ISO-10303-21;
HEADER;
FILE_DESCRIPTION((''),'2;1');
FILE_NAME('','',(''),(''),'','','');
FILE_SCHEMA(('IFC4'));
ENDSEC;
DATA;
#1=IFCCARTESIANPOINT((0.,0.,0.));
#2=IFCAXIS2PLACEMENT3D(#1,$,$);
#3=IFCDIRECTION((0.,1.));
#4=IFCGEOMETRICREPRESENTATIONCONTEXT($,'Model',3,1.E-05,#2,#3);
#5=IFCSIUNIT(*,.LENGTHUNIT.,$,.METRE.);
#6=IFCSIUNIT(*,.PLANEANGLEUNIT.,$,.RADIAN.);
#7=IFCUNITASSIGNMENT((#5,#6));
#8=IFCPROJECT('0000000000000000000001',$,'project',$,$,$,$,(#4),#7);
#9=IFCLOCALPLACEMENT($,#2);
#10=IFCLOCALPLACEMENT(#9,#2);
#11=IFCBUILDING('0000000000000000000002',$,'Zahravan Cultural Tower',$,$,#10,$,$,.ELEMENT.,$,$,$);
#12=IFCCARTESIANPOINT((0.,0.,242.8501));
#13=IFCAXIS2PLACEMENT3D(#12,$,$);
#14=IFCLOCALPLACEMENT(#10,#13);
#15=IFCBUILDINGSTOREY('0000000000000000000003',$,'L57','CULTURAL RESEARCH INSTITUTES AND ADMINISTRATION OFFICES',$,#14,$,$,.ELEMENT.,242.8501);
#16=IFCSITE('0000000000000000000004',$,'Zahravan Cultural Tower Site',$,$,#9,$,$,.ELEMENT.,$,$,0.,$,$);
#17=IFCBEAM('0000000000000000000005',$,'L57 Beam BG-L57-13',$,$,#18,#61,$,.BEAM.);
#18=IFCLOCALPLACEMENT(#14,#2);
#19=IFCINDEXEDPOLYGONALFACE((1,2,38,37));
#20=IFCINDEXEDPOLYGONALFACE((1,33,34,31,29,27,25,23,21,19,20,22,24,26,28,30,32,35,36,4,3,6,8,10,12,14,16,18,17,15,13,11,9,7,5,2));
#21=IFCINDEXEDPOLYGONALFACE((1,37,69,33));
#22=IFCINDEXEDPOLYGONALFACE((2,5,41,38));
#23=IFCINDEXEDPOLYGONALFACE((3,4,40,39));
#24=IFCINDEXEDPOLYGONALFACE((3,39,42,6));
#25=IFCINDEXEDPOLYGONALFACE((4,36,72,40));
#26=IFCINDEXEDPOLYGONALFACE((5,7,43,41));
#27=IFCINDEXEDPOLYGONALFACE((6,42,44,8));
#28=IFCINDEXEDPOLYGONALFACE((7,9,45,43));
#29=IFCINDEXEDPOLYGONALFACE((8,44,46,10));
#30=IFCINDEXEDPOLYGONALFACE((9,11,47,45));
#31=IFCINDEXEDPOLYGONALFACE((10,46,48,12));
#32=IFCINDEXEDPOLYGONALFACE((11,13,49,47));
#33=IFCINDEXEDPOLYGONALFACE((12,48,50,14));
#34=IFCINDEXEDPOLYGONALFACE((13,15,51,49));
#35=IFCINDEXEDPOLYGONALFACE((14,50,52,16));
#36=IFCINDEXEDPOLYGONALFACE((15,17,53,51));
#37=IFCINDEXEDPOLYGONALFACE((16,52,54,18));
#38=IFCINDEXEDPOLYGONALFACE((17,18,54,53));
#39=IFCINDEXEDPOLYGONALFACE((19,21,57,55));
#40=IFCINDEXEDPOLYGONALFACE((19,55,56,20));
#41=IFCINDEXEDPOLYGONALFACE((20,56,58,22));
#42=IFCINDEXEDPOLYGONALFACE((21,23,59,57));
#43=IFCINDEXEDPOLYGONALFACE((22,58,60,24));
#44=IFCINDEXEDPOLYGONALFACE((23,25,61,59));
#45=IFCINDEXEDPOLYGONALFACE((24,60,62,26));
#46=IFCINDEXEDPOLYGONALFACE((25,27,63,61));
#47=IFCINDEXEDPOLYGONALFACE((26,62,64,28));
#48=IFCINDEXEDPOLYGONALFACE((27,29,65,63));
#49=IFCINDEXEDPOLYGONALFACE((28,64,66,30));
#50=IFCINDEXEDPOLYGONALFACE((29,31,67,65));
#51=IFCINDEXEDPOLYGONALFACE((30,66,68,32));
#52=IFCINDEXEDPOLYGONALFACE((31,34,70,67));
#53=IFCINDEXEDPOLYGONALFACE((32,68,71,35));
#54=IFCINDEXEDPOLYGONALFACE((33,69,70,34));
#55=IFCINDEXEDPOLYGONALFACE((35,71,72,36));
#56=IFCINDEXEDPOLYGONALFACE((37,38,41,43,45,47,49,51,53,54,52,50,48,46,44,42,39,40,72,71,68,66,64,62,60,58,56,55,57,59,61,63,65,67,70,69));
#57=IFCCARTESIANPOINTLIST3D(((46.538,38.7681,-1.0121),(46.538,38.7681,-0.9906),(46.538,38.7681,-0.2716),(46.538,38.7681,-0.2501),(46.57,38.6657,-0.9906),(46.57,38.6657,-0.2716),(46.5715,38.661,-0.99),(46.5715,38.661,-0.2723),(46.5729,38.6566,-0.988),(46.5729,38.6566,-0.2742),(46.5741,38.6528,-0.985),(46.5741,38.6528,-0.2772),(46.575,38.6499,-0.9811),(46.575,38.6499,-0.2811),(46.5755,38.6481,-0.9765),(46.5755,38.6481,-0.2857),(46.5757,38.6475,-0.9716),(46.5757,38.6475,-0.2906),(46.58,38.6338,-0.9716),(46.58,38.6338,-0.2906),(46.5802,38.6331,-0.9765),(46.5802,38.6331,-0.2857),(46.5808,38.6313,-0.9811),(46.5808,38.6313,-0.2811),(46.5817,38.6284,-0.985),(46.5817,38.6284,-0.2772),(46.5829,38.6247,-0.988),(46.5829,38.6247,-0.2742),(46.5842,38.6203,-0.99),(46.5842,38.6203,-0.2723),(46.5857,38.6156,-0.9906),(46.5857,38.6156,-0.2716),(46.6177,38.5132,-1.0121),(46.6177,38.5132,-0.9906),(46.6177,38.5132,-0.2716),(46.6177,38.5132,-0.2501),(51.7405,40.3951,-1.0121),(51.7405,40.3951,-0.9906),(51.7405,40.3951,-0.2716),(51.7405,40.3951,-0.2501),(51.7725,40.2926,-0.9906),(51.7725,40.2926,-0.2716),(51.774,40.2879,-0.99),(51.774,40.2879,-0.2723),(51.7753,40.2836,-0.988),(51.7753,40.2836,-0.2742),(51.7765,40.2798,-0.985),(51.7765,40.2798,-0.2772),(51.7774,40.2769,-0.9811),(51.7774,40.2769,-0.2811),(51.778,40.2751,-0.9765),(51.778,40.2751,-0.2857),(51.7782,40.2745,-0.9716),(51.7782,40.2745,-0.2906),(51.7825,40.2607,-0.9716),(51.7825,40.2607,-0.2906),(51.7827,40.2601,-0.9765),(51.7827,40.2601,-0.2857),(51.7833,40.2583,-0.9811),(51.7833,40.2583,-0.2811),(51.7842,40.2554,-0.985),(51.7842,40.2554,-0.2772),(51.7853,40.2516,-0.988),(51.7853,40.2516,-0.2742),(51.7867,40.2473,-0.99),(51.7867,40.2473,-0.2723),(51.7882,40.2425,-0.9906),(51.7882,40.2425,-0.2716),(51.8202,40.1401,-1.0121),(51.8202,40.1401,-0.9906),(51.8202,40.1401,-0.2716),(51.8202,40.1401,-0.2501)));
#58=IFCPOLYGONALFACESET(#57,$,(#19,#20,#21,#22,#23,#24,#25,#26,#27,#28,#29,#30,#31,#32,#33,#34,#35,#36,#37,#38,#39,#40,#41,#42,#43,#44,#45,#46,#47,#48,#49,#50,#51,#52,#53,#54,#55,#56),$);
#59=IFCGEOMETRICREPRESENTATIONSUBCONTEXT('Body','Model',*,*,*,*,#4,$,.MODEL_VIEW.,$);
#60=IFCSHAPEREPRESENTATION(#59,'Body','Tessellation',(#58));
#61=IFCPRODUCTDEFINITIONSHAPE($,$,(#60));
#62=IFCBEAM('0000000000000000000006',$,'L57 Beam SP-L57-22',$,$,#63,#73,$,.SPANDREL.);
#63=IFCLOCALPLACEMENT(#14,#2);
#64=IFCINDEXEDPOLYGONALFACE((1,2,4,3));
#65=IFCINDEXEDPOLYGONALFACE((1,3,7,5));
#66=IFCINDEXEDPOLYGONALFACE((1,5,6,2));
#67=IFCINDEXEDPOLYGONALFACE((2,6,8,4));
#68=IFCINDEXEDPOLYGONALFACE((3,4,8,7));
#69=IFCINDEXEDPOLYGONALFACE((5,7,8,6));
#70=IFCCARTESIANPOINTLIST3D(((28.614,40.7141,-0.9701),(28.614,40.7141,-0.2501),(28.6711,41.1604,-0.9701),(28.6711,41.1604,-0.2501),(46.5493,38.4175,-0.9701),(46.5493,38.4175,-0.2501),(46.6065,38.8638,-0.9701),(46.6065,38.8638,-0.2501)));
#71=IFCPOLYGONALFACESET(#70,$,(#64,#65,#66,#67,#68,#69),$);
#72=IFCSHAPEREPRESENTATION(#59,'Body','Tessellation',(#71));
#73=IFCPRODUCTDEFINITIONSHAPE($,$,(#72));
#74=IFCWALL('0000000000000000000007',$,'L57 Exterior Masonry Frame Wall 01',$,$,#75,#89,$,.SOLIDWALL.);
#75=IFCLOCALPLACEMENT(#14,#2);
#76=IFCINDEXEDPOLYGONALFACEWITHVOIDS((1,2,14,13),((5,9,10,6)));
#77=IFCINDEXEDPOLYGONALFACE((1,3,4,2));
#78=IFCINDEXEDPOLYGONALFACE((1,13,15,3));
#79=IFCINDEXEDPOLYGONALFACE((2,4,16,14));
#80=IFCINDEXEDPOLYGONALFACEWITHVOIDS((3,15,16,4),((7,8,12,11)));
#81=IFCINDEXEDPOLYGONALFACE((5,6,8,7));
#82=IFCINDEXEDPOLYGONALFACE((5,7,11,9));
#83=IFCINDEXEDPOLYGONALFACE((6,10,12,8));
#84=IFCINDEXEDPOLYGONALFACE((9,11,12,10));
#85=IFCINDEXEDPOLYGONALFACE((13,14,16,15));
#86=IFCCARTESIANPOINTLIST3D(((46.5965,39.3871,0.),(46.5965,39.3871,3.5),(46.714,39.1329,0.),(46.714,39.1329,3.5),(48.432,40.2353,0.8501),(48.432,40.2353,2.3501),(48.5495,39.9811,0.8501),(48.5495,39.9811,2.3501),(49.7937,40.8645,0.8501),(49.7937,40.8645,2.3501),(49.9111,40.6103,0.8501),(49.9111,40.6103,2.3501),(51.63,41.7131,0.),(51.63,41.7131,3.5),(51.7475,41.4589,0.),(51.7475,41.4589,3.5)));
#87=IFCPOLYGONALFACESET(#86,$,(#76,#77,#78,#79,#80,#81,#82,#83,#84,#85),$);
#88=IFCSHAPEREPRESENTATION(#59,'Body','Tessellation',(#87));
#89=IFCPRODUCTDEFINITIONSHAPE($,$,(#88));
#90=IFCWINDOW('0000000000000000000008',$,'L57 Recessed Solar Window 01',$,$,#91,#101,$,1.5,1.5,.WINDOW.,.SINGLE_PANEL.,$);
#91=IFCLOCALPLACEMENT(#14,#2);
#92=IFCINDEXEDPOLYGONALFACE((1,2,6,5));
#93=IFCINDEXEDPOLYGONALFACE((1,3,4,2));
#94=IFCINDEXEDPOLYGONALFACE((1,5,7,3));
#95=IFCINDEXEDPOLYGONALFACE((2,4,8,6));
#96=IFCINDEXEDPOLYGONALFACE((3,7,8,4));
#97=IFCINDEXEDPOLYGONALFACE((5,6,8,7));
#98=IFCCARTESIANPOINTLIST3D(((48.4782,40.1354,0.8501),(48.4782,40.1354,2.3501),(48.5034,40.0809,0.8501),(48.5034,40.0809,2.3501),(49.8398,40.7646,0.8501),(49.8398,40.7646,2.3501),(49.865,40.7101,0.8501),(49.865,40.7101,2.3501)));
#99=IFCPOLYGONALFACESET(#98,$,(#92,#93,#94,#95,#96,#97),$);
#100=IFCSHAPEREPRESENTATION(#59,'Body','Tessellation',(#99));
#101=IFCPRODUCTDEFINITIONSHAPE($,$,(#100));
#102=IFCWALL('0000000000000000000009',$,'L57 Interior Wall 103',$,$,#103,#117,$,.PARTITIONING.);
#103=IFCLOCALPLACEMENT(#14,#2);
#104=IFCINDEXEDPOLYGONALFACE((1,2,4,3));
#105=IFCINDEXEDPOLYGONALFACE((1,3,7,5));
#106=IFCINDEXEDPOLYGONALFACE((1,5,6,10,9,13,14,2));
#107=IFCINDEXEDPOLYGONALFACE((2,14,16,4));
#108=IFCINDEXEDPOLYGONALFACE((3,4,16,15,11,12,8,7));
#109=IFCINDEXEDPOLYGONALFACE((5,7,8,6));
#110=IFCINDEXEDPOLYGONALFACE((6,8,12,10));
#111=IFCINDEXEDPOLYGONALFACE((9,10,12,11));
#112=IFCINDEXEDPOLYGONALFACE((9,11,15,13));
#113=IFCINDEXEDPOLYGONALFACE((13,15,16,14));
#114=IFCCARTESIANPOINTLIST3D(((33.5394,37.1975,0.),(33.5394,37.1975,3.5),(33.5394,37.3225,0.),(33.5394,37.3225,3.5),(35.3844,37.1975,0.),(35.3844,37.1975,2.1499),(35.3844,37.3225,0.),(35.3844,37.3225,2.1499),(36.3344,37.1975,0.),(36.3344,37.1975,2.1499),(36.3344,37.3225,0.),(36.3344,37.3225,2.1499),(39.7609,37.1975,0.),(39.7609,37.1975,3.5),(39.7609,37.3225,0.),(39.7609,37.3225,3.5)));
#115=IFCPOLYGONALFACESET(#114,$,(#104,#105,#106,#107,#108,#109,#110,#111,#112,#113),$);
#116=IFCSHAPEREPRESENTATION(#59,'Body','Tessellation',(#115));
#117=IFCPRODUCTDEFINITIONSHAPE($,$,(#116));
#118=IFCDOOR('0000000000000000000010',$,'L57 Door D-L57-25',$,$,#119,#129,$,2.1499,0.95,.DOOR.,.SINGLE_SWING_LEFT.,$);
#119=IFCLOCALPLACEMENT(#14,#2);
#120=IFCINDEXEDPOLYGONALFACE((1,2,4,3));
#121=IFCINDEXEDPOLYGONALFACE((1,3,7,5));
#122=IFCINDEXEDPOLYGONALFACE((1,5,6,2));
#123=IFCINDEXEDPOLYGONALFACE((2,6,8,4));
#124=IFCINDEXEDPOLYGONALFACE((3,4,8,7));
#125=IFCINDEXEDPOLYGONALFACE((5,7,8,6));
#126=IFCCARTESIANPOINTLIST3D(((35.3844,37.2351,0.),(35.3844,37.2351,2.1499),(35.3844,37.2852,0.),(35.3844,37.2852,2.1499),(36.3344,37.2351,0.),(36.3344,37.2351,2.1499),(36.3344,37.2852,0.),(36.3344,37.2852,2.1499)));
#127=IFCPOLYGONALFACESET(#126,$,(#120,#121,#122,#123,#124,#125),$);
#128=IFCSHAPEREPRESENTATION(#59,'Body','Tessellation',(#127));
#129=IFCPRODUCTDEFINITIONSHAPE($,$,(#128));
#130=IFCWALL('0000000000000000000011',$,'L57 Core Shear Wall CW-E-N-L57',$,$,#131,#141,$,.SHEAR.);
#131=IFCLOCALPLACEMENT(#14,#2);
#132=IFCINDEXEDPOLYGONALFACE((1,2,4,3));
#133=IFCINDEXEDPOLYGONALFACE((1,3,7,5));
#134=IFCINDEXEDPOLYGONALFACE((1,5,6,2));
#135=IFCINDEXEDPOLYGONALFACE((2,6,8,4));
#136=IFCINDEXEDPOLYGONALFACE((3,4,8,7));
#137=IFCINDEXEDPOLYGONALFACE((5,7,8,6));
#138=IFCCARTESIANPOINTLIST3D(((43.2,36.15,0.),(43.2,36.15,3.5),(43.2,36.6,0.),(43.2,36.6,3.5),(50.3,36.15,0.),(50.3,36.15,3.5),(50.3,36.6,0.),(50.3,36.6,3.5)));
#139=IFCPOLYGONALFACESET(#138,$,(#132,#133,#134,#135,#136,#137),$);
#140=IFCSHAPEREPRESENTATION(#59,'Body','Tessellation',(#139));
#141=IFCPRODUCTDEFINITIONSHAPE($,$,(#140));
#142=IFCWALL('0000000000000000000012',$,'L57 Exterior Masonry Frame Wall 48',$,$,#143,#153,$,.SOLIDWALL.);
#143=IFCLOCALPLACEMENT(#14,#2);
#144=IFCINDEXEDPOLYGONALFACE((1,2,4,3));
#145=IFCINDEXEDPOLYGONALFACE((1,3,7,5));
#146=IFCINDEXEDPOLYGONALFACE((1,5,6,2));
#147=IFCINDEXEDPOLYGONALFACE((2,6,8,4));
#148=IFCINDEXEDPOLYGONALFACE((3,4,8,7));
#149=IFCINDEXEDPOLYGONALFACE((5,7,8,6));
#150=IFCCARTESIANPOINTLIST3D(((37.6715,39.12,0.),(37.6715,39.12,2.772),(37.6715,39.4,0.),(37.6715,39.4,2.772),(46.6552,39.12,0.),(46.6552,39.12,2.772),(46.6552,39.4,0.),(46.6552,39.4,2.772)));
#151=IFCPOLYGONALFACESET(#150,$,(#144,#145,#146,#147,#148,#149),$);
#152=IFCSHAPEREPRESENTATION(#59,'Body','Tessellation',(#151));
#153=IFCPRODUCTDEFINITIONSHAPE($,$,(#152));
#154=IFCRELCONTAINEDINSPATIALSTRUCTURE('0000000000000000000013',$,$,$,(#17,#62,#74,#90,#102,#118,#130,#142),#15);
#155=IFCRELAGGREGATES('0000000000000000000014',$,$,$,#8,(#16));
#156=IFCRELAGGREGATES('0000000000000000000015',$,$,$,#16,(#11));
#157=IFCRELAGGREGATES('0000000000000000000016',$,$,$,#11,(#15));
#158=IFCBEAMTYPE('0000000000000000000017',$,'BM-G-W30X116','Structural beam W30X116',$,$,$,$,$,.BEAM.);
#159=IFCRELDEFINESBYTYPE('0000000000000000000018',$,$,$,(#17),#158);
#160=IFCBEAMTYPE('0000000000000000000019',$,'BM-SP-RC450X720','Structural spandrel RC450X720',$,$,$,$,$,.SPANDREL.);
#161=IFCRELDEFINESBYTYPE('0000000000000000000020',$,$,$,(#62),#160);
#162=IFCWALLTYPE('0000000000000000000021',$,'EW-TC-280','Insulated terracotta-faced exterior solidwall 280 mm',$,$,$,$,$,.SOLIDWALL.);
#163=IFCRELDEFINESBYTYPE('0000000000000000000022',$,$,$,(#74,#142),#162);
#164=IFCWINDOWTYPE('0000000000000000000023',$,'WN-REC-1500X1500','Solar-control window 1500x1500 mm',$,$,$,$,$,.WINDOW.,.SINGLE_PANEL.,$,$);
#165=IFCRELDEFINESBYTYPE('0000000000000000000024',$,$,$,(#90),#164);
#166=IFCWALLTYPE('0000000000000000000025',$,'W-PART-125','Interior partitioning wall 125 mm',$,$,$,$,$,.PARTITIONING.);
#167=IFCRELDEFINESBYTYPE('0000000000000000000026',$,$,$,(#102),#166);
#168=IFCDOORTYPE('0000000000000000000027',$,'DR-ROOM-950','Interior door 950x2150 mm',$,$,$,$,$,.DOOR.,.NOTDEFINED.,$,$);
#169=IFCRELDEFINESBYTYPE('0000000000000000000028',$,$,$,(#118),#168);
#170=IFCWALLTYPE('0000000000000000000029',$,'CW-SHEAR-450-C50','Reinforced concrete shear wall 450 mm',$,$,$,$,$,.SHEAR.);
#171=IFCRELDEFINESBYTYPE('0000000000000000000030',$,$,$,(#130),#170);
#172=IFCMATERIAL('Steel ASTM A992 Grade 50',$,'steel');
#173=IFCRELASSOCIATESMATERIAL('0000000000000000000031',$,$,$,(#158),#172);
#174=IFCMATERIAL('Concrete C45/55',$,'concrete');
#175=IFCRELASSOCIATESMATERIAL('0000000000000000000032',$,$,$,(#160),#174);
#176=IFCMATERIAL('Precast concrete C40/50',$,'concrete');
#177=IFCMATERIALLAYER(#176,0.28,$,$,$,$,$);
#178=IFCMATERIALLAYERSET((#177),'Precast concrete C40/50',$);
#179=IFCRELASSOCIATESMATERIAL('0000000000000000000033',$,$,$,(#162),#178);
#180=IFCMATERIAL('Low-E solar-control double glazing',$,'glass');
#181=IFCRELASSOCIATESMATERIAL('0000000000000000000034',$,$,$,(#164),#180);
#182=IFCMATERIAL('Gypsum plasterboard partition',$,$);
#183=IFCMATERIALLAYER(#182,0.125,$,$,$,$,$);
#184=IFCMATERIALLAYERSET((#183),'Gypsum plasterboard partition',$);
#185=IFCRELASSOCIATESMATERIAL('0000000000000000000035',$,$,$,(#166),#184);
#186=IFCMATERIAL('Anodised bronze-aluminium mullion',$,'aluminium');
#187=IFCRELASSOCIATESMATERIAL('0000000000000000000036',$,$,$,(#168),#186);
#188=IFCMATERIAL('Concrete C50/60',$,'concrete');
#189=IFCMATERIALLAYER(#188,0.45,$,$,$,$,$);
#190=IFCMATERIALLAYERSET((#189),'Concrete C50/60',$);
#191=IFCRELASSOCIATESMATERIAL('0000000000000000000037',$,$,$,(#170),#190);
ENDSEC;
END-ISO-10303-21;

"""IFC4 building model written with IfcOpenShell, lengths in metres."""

from ifc_helpers import new_model, si_unit, direction, frame, frame_2d, origin, origin_2d, place, context, subcontext, project, spatial, rectangle, i_section, extrude, source, transform, mapped, material, layer, layer_set, material_profile, profile_set, type_object, element, fill, save


model = new_model("IFC4")

# Units and contexts
model_context = context("Model", 3, precision=1e-05, world=origin(), true_north=direction((0.0, 1.0)))
body_context = subcontext(model_context, "Body", "Model", "MODEL_VIEW")
ifc_project = project(units=[si_unit("LENGTHUNIT", "METRE"), si_unit("PLANEANGLEUNIT", "RADIAN")], contexts=[model_context])

# Site, building, storey
site_placement = place(None, origin())
site = spatial("IfcSite", under=ifc_project, at=site_placement, Name="Zahravan Cultural Tower Site", CompositionType="ELEMENT", RefElevation=0.0)
building_placement = place(site_placement, origin())
building = spatial("IfcBuilding", under=site, at=building_placement, Name="Zahravan Cultural Tower", CompositionType="ELEMENT")
storey_placement = place(building_placement, frame((0.0, 0.0, 242.8501)))
storey = spatial("IfcBuildingStorey", under=building, at=storey_placement, Name="L57", Description="CULTURAL RESEARCH INSTITUTES AND ADMINISTRATION OFFICES", CompositionType="ELEMENT", Elevation=242.8501)

# Shared definitions
ifc_material_1 = material(Name="Concrete C50/60", Category="concrete")
ifc_material_2 = material(Name="Steel ASTM A992 Grade 50", Category="steel")

# Beams
ifc_material_profile_1 = material_profile(ifc_material_2, i_section(OverallWidth=0.2671, OverallDepth=0.762, WebThickness=0.0144, FlangeThickness=0.0215, FilletRadius=0.019, at=origin_2d()), Name="W30X116")
ifc_profile_set_1 = profile_set([ifc_material_profile_1], Name="Steel ASTM A992 Grade 50")
beam_type_1 = type_object("IfcBeamType", Name="BM-G-W30X116", Description="Structural beam W30X116", PredefinedType="BEAM", material=ifc_profile_set_1)
shared_shape_1 = source(origin(), body_context, "Body", "SweptSolid", [
    extrude(i_section(OverallWidth=0.2671, OverallDepth=0.762, WebThickness=0.0144, FlangeThickness=0.0215, FilletRadius=0.019, at=origin_2d()), origin(), (0.0, 0.0, 1.0), 5.4509),
])
beam_1_placement = place(storey_placement, frame((46.5779, 38.6406, -0.6311), z_axis=(0.954417, 0.298476, 0.0), x_axis=(-0.298476, 0.954417, 0.0)))
element("IfcBeam", 1, at=beam_1_placement, inside=storey, type_object=beam_type_1, Name="L57 Beam BG-L57-13", PredefinedType="BEAM", context=body_context, shape_type="MappedRepresentation", body=[
    mapped(shared_shape_1, transform((0.0, 0.0, 0.0), x_axis=(1.0, 0.0, 0.0), y_axis=(0.0, 1.0, 0.0), z_axis=(0.0, 0.0, 1.0), scale=1.0)),
])
ifc_material_3 = material(Name="Concrete C45/55", Category="concrete")
ifc_material_profile_2 = material_profile(ifc_material_3, rectangle(XDim=0.45, YDim=0.72, at=origin_2d()), Name="RC450X720")
ifc_profile_set_2 = profile_set([ifc_material_profile_2], Name="Concrete C45/55")
beam_type_2 = type_object("IfcBeamType", Name="BM-SP-RC450X720", Description="Structural spandrel RC450X720", PredefinedType="SPANDREL", material=ifc_profile_set_2)
shared_shape_2 = source(origin(), body_context, "Body", "SweptSolid", [
    extrude(rectangle(XDim=0.45, YDim=0.72, at=origin_2d()), origin(), (0.0, 0.0, 1.0), 18.0818),
])
beam_2_placement = place(storey_placement, frame((46.5779, 38.6406, -0.6101), z_axis=(-0.991901, 0.127014, 0.0), x_axis=(-0.127014, -0.991901, 0.0)))
element("IfcBeam", 2, at=beam_2_placement, inside=storey, type_object=beam_type_2, Name="L57 Beam SP-L57-22", PredefinedType="SPANDREL", context=body_context, shape_type="MappedRepresentation", body=[
    mapped(shared_shape_2, transform((0.0, 0.0, 0.0), x_axis=(1.0, 0.0, 0.0), y_axis=(0.0, 1.0, 0.0), z_axis=(0.0, 0.0, 1.0), scale=1.0)),
])

# Wall, opening, window
ifc_material_4 = material(Name="Precast concrete C40/50", Category="concrete")
ifc_layer_1 = layer(ifc_material_4, 0.28)
ifc_layer_set_1 = layer_set([ifc_layer_1], Name="Precast concrete C40/50")
wall_type_1 = type_object("IfcWallType", Name="EW-TC-280", Description="Insulated terracotta-faced exterior solidwall 280 mm", PredefinedType="SOLIDWALL", material=ifc_layer_set_1)
wall_1_placement = place(storey_placement, frame((46.6553, 39.26, 0.0), z_axis=(0.0, 0.0, 1.0), x_axis=(0.907767, 0.419474, 0.0)))
wall_1 = element("IfcWall", 3, at=wall_1_placement, inside=storey, type_object=wall_type_1, Name="L57 Exterior Masonry Frame Wall 01", PredefinedType="SOLIDWALL", context=body_context, shape_type="SweptSolid", body=[
    extrude(rectangle(XDim=5.5449, YDim=0.28, at=frame_2d((2.7725, 0.0))), origin(), (0.0, 0.0, 1.0), 3.5),
])
opening_1_placement = place(wall_1_placement, frame((2.022, 0.0, 0.8501)))
opening_1 = element("IfcOpeningElement", 4, at=opening_1_placement, cuts=wall_1, PredefinedType="OPENING", context=body_context, shape_type="SweptSolid", body=[
    extrude(rectangle(XDim=1.5, YDim=1.5, at=frame_2d((0.75, 0.75))), frame((0.0, 0.1499, 0.0), z_axis=(0.0, -1.0, 0.0), x_axis=(1.0, 0.0, 0.0)), (0.0, 0.0, 1.0), 0.3),
])
ifc_material_5 = material(Name="Low-E solar-control double glazing", Category="glass")
window_type = type_object("IfcWindowType", Name="WN-REC-1500X1500", Description="Solar-control window 1500x1500 mm", PartitioningType="SINGLE_PANEL", PredefinedType="WINDOW", material=ifc_material_5)
shared_shape_3 = source(origin(), body_context, "Body", "SweptSolid", [
    extrude(rectangle(XDim=1.5, YDim=1.5, at=frame_2d((0.75, 0.75))), frame((0.0, 0.03, 0.0), z_axis=(0.0, -1.0, 0.0), x_axis=(1.0, 0.0, 0.0)), (0.0, 0.0, 1.0), 0.0601),
])
window_placement = place(opening_1_placement, origin())
window = element("IfcWindow", 5, at=window_placement, inside=storey, type_object=window_type, Name="L57 Recessed Solar Window 01", OverallHeight=1.5, OverallWidth=1.5, PartitioningType="SINGLE_PANEL", PredefinedType="WINDOW", context=body_context, shape_type="MappedRepresentation", body=[
    mapped(shared_shape_3, transform((0.0, 0.0, 0.0), x_axis=(1.0, 0.0, 0.0), y_axis=(0.0, 1.0, 0.0), z_axis=(0.0, 0.0, 1.0), scale=1.0)),
])
fill(opening_1, window)

# Wall, opening, door
ifc_material_6 = material(Name="Gypsum plasterboard partition")
ifc_layer_2 = layer(ifc_material_6, 0.125)
ifc_layer_set_2 = layer_set([ifc_layer_2], Name="Gypsum plasterboard partition")
wall_type_2 = type_object("IfcWallType", Name="W-PART-125", Description="Interior partitioning wall 125 mm", PredefinedType="PARTITIONING", material=ifc_layer_set_2)
ifc_material_7 = material(Name="Anodised bronze-aluminium mullion", Category="aluminium")
door_type_1 = type_object("IfcDoorType", Name="DR-ROOM-950", Description="Interior door 950x2150 mm", OperationType="NOTDEFINED", PredefinedType="DOOR", material=ifc_material_7)
shared_shape_4 = source(origin(), body_context, "Body", "SweptSolid", [
    extrude(rectangle(XDim=0.95, YDim=2.1499, at=frame_2d((0.4751, 1.075))), frame((0.0, 0.0249, 0.0), z_axis=(0.0, -1.0, 0.0), x_axis=(1.0, 0.0, 0.0)), (0.0, 0.0, 1.0), 0.05),
])
wall_2_placement = place(storey_placement, frame((39.761, 37.26, 0.0), z_axis=(0.0, 0.0, 1.0), x_axis=(-1.0, 0.0, 0.0)))
wall_2 = element("IfcWall", 6, at=wall_2_placement, inside=storey, type_object=wall_type_2, Name="L57 Interior Wall 103", PredefinedType="PARTITIONING", context=body_context, shape_type="SweptSolid", body=[
    extrude(rectangle(XDim=6.2214, YDim=0.125, at=frame_2d((3.1108, 0.0))), origin(), (0.0, 0.0, 1.0), 3.5),
])
opening_2_placement = place(wall_2_placement, frame((3.4265, 0.0, 0.0)))
opening_2 = element("IfcOpeningElement", 7, at=opening_2_placement, cuts=wall_2, PredefinedType="OPENING", context=body_context, shape_type="SweptSolid", body=[
    extrude(rectangle(XDim=0.95, YDim=2.1499, at=frame_2d((0.4751, 1.075))), frame((0.0, 0.0725, 0.0), z_axis=(0.0, -1.0, 0.0), x_axis=(1.0, 0.0, 0.0)), (0.0, 0.0, 1.0), 0.145),
])
door_1_placement = place(opening_2_placement, origin())
door_1 = element("IfcDoor", 8, at=door_1_placement, inside=storey, type_object=door_type_1, Name="L57 Door D-L57-25", OperationType="SINGLE_SWING_LEFT", OverallHeight=2.1499, OverallWidth=0.95, PredefinedType="DOOR", context=body_context, shape_type="MappedRepresentation", body=[
    mapped(shared_shape_4, transform((0.0, 0.0, 0.0), x_axis=(1.0, 0.0, 0.0), y_axis=(0.0, 1.0, 0.0), z_axis=(0.0, 0.0, 1.0), scale=1.0)),
])
fill(opening_2, door_1)

# Walls
ifc_layer_3 = layer(ifc_material_1, 0.45)
ifc_layer_set_3 = layer_set([ifc_layer_3], Name="Concrete C50/60")
wall_type_3 = type_object("IfcWallType", Name="CW-SHEAR-450-C50", Description="Reinforced concrete shear wall 450 mm", PredefinedType="SHEAR", material=ifc_layer_set_3)
shared_shape_5 = source(origin(), body_context, "Body", "SweptSolid", [
    extrude(rectangle(XDim=7.1001, YDim=0.45, at=frame_2d((3.55, 0.0))), origin(), (0.0, 0.0, 1.0), 3.5),
])
wall_3_placement = place(storey_placement, frame((43.2, 36.375, 0.0), z_axis=(0.0, 0.0, 1.0), x_axis=(1.0, 0.0, 0.0)))
element("IfcWall", 9, at=wall_3_placement, inside=storey, type_object=wall_type_3, Name="L57 Core Shear Wall CW-E-N-L57", PredefinedType="SHEAR", context=body_context, shape_type="MappedRepresentation", body=[
    mapped(shared_shape_5, transform((0.0, 0.0, 0.0), x_axis=(1.0, 0.0, 0.0), y_axis=(0.0, 1.0, 0.0), z_axis=(0.0, 0.0, 1.0), scale=1.0)),
])
shared_shape_6 = source(origin(), body_context, "Body", "SweptSolid", [
    extrude(rectangle(XDim=8.9836, YDim=0.28, at=frame_2d((4.4917, 0.0))), origin(), (0.0, 0.0, 1.0), 2.772),
])
wall_4_placement = place(storey_placement, frame((37.6716, 39.26, 0.0), z_axis=(0.0, 0.0, 1.0), x_axis=(1.0, 0.0, 0.0)))
element("IfcWall", 10, at=wall_4_placement, inside=storey, type_object=wall_type_1, Name="L57 Exterior Masonry Frame Wall 48", PredefinedType="SOLIDWALL", context=body_context, shape_type="MappedRepresentation", body=[
    mapped(shared_shape_6, transform((0.0, 0.0, 0.0), x_axis=(1.0, 0.0, 0.0), y_axis=(0.0, 1.0, 0.0), z_axis=(0.0, 0.0, 1.0), scale=1.0)),
])

save(model, "model.ifc")
